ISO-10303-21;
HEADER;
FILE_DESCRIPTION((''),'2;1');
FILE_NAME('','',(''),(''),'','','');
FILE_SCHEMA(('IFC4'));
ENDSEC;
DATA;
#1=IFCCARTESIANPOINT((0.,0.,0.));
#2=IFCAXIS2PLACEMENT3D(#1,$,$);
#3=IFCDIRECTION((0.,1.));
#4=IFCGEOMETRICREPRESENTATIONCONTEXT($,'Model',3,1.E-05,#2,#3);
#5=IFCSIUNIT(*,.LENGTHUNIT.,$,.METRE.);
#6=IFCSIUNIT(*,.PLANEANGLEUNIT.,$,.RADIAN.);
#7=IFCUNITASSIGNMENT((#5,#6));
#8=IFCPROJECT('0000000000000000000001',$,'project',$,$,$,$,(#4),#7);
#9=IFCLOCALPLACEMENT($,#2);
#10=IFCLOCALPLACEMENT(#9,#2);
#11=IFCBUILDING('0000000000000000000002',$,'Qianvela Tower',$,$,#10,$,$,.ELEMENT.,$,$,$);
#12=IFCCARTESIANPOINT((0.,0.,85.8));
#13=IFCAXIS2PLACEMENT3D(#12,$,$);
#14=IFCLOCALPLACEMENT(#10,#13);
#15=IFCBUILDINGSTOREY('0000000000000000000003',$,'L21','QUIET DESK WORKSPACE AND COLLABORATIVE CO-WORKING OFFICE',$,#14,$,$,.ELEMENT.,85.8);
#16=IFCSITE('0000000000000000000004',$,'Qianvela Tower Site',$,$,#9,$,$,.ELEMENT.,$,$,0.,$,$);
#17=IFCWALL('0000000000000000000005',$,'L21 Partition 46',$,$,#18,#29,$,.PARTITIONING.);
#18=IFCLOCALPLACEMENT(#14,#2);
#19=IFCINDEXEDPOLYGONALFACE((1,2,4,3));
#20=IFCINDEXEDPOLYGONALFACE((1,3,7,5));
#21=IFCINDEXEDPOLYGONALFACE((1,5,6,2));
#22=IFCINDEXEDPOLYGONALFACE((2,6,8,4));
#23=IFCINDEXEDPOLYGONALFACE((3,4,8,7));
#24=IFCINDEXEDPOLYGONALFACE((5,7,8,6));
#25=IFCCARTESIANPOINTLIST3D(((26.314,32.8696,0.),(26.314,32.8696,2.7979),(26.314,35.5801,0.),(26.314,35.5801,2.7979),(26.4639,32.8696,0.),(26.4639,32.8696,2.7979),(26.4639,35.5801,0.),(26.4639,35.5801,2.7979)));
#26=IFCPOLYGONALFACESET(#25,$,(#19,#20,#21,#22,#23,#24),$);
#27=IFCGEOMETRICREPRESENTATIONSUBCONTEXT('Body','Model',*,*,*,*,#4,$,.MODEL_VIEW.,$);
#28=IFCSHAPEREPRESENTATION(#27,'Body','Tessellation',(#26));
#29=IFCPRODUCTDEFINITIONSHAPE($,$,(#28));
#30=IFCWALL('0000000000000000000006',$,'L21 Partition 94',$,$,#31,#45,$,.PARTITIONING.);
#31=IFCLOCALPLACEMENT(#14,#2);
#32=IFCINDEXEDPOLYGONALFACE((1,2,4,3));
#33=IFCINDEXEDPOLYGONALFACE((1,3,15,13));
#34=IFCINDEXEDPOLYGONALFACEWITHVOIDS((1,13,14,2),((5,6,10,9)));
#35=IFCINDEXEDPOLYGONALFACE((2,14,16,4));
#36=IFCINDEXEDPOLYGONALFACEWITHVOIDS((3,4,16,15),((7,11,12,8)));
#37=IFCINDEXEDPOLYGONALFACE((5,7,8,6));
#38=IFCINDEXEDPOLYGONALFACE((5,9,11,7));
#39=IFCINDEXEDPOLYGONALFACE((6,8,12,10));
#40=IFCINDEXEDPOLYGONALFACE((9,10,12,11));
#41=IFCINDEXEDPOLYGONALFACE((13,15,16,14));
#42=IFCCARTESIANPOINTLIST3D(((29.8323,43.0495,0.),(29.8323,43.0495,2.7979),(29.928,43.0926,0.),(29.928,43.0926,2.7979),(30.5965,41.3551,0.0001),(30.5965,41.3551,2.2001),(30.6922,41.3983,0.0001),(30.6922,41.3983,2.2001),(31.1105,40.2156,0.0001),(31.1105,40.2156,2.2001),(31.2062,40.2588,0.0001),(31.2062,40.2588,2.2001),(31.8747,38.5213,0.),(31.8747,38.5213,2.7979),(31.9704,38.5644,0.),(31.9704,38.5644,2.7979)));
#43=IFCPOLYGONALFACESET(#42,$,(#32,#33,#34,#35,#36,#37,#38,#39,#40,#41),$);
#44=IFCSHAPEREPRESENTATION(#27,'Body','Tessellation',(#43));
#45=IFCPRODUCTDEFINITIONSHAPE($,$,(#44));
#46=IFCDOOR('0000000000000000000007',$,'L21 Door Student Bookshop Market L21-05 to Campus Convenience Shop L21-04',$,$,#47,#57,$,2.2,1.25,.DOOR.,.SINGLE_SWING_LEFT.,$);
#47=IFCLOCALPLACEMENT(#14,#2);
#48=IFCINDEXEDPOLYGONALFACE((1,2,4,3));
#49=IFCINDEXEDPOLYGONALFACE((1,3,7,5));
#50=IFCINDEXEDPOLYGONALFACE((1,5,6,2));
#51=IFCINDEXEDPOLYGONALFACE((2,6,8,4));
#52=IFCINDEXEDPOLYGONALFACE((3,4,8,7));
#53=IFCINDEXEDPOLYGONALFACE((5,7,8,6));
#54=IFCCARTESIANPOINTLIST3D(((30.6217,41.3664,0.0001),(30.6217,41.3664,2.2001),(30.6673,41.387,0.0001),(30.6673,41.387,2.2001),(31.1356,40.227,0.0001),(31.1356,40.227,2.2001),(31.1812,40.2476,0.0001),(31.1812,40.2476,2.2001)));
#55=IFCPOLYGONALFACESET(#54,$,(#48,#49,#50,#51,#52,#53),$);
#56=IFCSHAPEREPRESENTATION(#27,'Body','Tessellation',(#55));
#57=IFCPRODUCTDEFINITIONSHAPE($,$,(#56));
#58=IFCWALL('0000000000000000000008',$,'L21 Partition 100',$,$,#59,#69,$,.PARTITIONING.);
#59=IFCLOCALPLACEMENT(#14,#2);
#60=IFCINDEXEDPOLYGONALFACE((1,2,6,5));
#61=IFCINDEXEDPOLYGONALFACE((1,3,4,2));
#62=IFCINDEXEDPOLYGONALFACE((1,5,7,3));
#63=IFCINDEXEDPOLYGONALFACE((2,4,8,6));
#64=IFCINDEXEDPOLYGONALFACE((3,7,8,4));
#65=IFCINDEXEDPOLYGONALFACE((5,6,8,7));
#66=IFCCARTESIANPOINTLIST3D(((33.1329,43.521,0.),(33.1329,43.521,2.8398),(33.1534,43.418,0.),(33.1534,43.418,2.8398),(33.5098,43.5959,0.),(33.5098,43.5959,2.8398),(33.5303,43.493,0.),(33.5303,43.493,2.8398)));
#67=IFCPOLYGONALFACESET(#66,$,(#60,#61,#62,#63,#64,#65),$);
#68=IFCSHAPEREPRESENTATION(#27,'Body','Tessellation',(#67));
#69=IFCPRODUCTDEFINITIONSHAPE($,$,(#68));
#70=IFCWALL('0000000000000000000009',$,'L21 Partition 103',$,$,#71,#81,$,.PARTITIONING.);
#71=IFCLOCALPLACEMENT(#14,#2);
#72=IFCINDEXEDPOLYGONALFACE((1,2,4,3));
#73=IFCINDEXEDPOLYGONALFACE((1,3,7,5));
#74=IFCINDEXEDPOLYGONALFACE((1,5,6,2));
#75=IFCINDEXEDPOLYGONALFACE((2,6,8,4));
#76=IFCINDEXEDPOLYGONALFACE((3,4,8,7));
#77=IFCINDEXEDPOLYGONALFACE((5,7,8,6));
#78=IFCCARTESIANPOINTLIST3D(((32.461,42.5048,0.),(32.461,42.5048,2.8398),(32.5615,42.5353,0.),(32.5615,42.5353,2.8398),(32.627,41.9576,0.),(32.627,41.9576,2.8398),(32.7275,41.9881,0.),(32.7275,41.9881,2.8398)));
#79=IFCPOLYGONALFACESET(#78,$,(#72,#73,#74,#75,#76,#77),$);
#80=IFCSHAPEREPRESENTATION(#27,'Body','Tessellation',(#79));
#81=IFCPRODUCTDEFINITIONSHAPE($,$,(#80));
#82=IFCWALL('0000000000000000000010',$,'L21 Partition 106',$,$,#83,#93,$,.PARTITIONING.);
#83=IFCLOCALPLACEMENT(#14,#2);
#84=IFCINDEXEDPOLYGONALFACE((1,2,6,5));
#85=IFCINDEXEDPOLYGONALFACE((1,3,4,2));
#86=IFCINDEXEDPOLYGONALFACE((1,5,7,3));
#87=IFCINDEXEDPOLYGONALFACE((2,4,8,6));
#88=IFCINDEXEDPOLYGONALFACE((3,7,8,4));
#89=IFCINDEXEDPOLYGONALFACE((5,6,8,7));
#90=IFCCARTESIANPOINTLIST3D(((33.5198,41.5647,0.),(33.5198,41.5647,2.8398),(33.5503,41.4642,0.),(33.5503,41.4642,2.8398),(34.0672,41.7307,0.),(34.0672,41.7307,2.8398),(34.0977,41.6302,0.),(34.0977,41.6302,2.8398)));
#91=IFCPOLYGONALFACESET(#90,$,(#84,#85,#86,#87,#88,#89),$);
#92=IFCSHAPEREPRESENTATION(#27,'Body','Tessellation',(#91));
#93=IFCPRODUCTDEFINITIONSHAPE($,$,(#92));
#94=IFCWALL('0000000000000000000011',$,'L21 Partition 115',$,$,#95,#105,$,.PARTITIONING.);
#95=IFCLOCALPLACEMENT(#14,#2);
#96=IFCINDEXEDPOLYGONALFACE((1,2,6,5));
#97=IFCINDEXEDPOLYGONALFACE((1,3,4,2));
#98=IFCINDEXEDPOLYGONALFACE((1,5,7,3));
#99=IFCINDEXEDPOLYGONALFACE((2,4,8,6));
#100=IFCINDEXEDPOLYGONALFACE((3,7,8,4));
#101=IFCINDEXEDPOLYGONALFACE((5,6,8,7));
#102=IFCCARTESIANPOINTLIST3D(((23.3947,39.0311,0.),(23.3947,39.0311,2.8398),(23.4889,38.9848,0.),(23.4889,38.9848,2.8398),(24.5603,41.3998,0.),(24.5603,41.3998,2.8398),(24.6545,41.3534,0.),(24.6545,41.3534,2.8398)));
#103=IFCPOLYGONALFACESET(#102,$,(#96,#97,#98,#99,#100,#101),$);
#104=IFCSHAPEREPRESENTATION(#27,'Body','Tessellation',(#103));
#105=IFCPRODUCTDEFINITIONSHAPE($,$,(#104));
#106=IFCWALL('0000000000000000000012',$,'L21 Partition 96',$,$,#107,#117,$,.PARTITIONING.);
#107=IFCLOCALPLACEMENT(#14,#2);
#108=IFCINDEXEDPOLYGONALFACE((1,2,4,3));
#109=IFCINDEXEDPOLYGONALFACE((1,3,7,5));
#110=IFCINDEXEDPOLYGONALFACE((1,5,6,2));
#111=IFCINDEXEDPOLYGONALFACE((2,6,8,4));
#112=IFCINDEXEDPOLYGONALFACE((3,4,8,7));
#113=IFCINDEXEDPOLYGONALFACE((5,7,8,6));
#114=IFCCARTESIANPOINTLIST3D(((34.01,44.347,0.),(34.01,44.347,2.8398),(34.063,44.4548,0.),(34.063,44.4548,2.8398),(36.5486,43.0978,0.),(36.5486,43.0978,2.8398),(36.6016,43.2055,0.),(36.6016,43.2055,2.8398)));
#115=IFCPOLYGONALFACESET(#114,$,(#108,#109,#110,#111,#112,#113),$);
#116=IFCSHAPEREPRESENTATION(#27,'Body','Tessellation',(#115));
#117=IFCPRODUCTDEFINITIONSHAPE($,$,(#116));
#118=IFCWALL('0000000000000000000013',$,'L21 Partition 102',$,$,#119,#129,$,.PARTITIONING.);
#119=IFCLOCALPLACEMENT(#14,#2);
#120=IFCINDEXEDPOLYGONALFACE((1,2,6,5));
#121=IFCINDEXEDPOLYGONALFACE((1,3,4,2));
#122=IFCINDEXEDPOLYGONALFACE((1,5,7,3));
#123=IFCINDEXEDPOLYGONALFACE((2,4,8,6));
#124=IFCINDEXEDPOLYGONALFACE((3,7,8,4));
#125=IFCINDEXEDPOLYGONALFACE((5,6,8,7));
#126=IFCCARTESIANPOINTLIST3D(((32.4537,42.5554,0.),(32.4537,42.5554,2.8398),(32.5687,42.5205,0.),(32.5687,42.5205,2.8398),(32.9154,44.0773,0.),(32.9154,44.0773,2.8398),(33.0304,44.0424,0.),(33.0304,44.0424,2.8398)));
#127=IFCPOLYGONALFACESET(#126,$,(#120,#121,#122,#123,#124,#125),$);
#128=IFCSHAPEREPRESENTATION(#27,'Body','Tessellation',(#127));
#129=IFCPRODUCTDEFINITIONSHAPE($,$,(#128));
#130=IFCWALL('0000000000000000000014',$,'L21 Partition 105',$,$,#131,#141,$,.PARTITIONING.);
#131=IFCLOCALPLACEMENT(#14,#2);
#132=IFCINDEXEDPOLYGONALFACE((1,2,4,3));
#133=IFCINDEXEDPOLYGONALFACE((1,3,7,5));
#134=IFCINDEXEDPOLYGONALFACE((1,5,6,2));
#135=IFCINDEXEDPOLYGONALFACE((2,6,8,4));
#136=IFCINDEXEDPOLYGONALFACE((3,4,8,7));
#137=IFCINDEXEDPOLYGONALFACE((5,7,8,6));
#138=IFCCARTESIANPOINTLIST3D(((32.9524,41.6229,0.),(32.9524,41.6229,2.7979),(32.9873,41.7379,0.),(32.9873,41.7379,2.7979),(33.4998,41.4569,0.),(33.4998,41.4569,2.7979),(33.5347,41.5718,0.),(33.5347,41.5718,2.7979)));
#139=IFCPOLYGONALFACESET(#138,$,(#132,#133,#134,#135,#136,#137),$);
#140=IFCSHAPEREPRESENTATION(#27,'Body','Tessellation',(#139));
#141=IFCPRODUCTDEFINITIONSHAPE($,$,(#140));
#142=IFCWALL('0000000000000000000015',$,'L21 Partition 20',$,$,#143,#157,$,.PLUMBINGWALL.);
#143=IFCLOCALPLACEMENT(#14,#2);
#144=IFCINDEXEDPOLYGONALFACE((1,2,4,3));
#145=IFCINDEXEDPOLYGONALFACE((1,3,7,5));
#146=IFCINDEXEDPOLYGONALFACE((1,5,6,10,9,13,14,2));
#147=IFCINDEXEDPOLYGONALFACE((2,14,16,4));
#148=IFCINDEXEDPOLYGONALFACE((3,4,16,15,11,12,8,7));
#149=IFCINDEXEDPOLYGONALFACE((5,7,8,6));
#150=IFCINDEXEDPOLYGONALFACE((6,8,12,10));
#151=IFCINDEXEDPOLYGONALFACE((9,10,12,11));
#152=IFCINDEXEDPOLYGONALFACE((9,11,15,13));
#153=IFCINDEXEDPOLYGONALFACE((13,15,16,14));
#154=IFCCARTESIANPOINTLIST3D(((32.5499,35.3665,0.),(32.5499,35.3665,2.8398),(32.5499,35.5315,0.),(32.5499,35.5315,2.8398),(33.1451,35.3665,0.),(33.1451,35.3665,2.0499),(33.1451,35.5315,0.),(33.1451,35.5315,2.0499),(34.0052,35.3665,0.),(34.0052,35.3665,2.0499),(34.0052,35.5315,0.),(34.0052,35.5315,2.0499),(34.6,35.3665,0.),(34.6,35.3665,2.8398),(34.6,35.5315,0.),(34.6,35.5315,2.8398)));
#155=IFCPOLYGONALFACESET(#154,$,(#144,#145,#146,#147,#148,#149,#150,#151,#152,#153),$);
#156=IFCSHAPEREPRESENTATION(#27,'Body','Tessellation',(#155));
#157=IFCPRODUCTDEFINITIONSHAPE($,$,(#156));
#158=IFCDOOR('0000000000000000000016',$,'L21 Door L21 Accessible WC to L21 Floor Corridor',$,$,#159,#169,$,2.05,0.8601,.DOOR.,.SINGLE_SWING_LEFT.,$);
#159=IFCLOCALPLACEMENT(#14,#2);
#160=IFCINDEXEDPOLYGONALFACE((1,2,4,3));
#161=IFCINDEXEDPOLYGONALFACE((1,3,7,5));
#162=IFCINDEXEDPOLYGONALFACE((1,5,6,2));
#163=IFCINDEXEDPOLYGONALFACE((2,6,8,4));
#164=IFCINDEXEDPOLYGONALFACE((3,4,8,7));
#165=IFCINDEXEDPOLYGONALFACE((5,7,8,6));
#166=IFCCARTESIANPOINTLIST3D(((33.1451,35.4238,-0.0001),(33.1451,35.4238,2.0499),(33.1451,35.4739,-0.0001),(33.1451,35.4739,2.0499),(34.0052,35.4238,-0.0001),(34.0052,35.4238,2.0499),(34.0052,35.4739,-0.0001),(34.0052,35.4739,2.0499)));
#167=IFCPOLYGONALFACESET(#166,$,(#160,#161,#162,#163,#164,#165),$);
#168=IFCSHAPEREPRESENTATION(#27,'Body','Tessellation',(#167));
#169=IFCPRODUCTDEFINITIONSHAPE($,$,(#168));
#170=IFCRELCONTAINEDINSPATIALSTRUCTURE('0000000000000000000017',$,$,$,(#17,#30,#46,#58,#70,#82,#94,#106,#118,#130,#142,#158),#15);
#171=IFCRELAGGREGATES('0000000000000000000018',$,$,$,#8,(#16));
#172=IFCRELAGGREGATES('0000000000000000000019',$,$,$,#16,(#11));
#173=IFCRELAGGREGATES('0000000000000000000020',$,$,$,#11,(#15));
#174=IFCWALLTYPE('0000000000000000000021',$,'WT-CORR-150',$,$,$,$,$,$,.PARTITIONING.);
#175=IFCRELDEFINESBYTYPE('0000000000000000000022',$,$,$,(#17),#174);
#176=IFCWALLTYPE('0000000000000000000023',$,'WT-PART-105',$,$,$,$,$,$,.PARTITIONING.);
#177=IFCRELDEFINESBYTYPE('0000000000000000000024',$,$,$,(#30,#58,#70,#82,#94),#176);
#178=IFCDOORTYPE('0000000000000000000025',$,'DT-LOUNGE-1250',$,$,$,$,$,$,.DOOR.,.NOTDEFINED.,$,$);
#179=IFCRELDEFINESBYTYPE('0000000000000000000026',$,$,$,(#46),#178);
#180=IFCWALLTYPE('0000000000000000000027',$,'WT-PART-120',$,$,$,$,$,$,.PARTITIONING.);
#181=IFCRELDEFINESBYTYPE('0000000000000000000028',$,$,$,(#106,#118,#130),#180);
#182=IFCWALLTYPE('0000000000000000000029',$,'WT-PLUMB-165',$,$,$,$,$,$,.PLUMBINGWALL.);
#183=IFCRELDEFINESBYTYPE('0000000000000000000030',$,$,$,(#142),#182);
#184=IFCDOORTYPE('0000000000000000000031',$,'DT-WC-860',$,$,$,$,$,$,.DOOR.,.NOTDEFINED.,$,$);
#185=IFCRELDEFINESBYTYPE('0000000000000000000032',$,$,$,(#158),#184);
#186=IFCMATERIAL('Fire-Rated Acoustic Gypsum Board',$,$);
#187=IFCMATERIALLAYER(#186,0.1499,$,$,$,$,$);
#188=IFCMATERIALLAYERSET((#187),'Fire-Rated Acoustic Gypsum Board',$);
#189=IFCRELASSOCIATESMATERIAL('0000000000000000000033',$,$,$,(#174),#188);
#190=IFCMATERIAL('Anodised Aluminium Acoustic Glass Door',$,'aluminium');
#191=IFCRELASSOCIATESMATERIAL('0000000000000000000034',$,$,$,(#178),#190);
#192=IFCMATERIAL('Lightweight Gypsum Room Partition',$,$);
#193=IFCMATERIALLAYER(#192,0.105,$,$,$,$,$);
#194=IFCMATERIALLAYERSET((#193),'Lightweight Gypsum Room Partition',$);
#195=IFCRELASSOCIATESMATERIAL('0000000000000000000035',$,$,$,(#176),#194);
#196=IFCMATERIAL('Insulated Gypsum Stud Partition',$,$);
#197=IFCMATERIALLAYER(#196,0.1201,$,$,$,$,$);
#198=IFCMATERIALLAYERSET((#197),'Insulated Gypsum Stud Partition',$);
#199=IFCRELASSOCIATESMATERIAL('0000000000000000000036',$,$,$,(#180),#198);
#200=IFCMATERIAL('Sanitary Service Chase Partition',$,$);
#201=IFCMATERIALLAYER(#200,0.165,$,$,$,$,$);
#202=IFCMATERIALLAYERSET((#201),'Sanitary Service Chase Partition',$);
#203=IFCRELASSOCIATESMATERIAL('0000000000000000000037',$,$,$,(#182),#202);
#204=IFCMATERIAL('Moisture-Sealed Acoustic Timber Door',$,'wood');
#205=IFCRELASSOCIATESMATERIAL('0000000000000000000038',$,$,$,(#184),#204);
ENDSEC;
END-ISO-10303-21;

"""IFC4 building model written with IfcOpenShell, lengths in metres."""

from ifc_helpers import new_model, si_unit, direction, frame, frame_2d, origin, place, context, subcontext, project, spatial, rectangle, extrude, material, layer, layer_set, type_object, element, fill, save


model = new_model("IFC4")

# Units and contexts
model_context = context("Model", 3, precision=1e-05, world=origin(), true_north=direction((0.0, 1.0)))
body_context = subcontext(model_context, "Body", "Model", "MODEL_VIEW")
ifc_project = project(units=[si_unit("LENGTHUNIT", "METRE"), si_unit("PLANEANGLEUNIT", "RADIAN")], contexts=[model_context])

# Site, building, storey
site_placement = place(None, origin())
site = spatial("IfcSite", under=ifc_project, at=site_placement, Name="Qianvela Tower Site", CompositionType="ELEMENT", RefElevation=0.0)
building_placement = place(site_placement, origin())
building = spatial("IfcBuilding", under=site, at=building_placement, Name="Qianvela Tower", CompositionType="ELEMENT")
storey_placement = place(building_placement, frame((0.0, 0.0, 85.8)))
storey = spatial("IfcBuildingStorey", under=building, at=storey_placement, Name="L21", Description="QUIET DESK WORKSPACE AND COLLABORATIVE CO-WORKING OFFICE", CompositionType="ELEMENT", Elevation=85.8)

# Shared definitions
ifc_material_1 = material(Name="Fire-Rated Acoustic Gypsum Board")
ifc_layer_1 = layer(ifc_material_1, 0.1499)
ifc_layer_set_1 = layer_set([ifc_layer_1], Name="Fire-Rated Acoustic Gypsum Board")
wall_type_1 = type_object("IfcWallType", Name="WT-CORR-150", PredefinedType="PARTITIONING", material=ifc_layer_set_1)

# Shared definitions
ifc_material_2 = material(Name="Anodised Aluminium Acoustic Glass Door", Category="aluminium")
door_type_1 = type_object("IfcDoorType", Name="DT-LOUNGE-1250", OperationType="NOTDEFINED", PredefinedType="DOOR", material=ifc_material_2)

# Wall
wall_1_placement = place(storey_placement, frame((26.3889, 35.5801, 0.0), z_axis=(0.0, 0.0, 1.0), x_axis=(0.0, -1.0, 0.0)))
element("IfcWall", 1, at=wall_1_placement, inside=storey, type_object=wall_type_1, Name="L21 Partition 46", PredefinedType="PARTITIONING", context=body_context, shape_type="SweptSolid", body=[
    extrude(rectangle(XDim=2.7104, YDim=0.1499, at=frame_2d((1.3552, 0.0))), origin(), (0.0, 0.0, 1.0), 2.7979),
])

# Wall, opening, door
ifc_material_3 = material(Name="Lightweight Gypsum Room Partition")
ifc_layer_2 = layer(ifc_material_3, 0.105)
ifc_layer_set_2 = layer_set([ifc_layer_2], Name="Lightweight Gypsum Room Partition")
wall_type_2 = type_object("IfcWallType", Name="WT-PART-105", PredefinedType="PARTITIONING", material=ifc_layer_set_2)
wall_2_placement = place(storey_placement, frame((31.9226, 38.5427, 0.0), z_axis=(0.0, 0.0, 1.0), x_axis=(-0.411157, 0.911564, 0.0)))
wall_2 = element("IfcWall", 2, at=wall_2_placement, inside=storey, type_object=wall_type_2, Name="L21 Partition 94", PredefinedType="PARTITIONING", context=body_context, shape_type="SweptSolid", body=[
    extrude(rectangle(XDim=4.9675, YDim=0.105, at=frame_2d((2.4839, 0.0))), origin(), (0.0, 0.0, 1.0), 2.7979),
])
opening_1_placement = place(wall_2_placement, frame((1.8589, 0.0, 0.0)))
opening_1 = element("IfcOpeningElement", 3, at=opening_1_placement, cuts=wall_2, PredefinedType="OPENING", context=body_context, shape_type="SweptSolid", body=[
    extrude(rectangle(XDim=1.25, YDim=2.2, at=frame_2d((0.625, 1.1001))), frame((0.0, 0.0625, 0.0), z_axis=(0.0, -1.0, 0.0), x_axis=(1.0, 0.0, 0.0)), (0.0, 0.0, 1.0), 0.125),
])
door_1_placement = place(opening_1_placement, origin())
door_1 = element("IfcDoor", 4, at=door_1_placement, inside=storey, type_object=door_type_1, Name="L21 Door Student Bookshop Market L21-05 to Campus Convenience Shop L21-04", OperationType="SINGLE_SWING_LEFT", OverallHeight=2.2, OverallWidth=1.25, PredefinedType="DOOR", context=body_context, shape_type="SweptSolid", body=[
    extrude(rectangle(XDim=1.25, YDim=2.2, at=frame_2d((0.625, 1.1001))), frame((0.0, 0.0249, 0.0), z_axis=(0.0, -1.0, 0.0), x_axis=(1.0, 0.0, 0.0)), (0.0, 0.0, 1.0), 0.05),
])
fill(opening_1, door_1)

# Walls
wall_3_placement = place(storey_placement, frame((33.52, 43.5444, 0.0), z_axis=(0.0, 0.0, 1.0), x_axis=(-0.9808, -0.195017, 0.0)))
element("IfcWall", 5, at=wall_3_placement, inside=storey, type_object=wall_type_2, Name="L21 Partition 100", PredefinedType="PARTITIONING", context=body_context, shape_type="SweptSolid", body=[
    extrude(rectangle(XDim=0.3843, YDim=0.105, at=frame_2d((0.1921, 0.0))), origin(), (0.0, 0.0, 1.0), 2.8398),
])
wall_4_placement = place(storey_placement, frame((32.5112, 42.52, 0.0), z_axis=(0.0, 0.0, 1.0), x_axis=(0.290363, -0.956917, 0.0)))
element("IfcWall", 6, at=wall_4_placement, inside=storey, type_object=wall_type_2, Name="L21 Partition 103", PredefinedType="PARTITIONING", context=body_context, shape_type="SweptSolid", body=[
    extrude(rectangle(XDim=0.5718, YDim=0.105, at=frame_2d((0.2859, 0.0))), origin(), (0.0, 0.0, 1.0), 2.8398),
])
wall_5_placement = place(storey_placement, frame((33.5349, 41.5144, 0.0), z_axis=(0.0, 0.0, 1.0), x_axis=(0.956953, 0.290244, 0.0)))
element("IfcWall", 7, at=wall_5_placement, inside=storey, type_object=wall_type_2, Name="L21 Partition 106", PredefinedType="PARTITIONING", context=body_context, shape_type="SweptSolid", body=[
    extrude(rectangle(XDim=0.572, YDim=0.105, at=frame_2d((0.2861, 0.0))), origin(), (0.0, 0.0, 1.0), 2.8398),
])
wall_6_placement = place(storey_placement, frame((23.4419, 39.0081, 0.0), z_axis=(0.0, 0.0, 1.0), x_axis=(0.441508, 0.897257, 0.0)))
element("IfcWall", 8, at=wall_6_placement, inside=storey, type_object=wall_type_2, Name="L21 Partition 115", PredefinedType="PARTITIONING", context=body_context, shape_type="SweptSolid", body=[
    extrude(rectangle(XDim=2.6399, YDim=0.105, at=frame_2d((1.3198, 0.0))), origin(), (0.0, 0.0, 1.0), 2.8398),
])
ifc_material_4 = material(Name="Insulated Gypsum Stud Partition")
ifc_layer_3 = layer(ifc_material_4, 0.1201)
ifc_layer_set_3 = layer_set([ifc_layer_3], Name="Insulated Gypsum Stud Partition")
wall_type_3 = type_object("IfcWallType", Name="WT-PART-120", PredefinedType="PARTITIONING", material=ifc_layer_set_3)
wall_7_placement = place(storey_placement, frame((34.0366, 44.4009, 0.0), z_axis=(0.0, 0.0, 1.0), x_axis=(0.89724, -0.441544, 0.0)))
element("IfcWall", 9, at=wall_7_placement, inside=storey, type_object=wall_type_3, Name="L21 Partition 96", PredefinedType="PARTITIONING", context=body_context, shape_type="SweptSolid", body=[
    extrude(rectangle(XDim=2.8293, YDim=0.1201, at=frame_2d((1.4146, 0.0))), origin(), (0.0, 0.0, 1.0), 2.8398),
])
wall_8_placement = place(storey_placement, frame((32.9729, 44.0598, 0.0), z_axis=(0.0, 0.0, 1.0), x_axis=(-0.290318, -0.95693, 0.0)))
element("IfcWall", 10, at=wall_8_placement, inside=storey, type_object=wall_type_3, Name="L21 Partition 102", PredefinedType="PARTITIONING", context=body_context, shape_type="SweptSolid", body=[
    extrude(rectangle(XDim=1.5903, YDim=0.1201, at=frame_2d((0.7952, 0.0))), origin(), (0.0, 0.0, 1.0), 2.8398),
])
wall_9_placement = place(storey_placement, frame((32.9697, 41.6804, 0.0), z_axis=(0.0, 0.0, 1.0), x_axis=(0.956953, -0.290244, 0.0)))
element("IfcWall", 11, at=wall_9_placement, inside=storey, type_object=wall_type_3, Name="L21 Partition 105", PredefinedType="PARTITIONING", context=body_context, shape_type="SweptSolid", body=[
    extrude(rectangle(XDim=0.572, YDim=0.1201, at=frame_2d((0.2861, 0.0))), origin(), (0.0, 0.0, 1.0), 2.7979),
])

# Wall, opening, door
ifc_material_5 = material(Name="Sanitary Service Chase Partition")
ifc_layer_4 = layer(ifc_material_5, 0.165)
ifc_layer_set_4 = layer_set([ifc_layer_4], Name="Sanitary Service Chase Partition")
wall_type_4 = type_object("IfcWallType", Name="WT-PLUMB-165", PredefinedType="PLUMBINGWALL", material=ifc_layer_set_4)
wall_10_placement = place(storey_placement, frame((32.55, 35.449, 0.0), z_axis=(0.0, 0.0, 1.0), x_axis=(1.0, 0.0, 0.0)))
wall_10 = element("IfcWall", 12, at=wall_10_placement, inside=storey, type_object=wall_type_4, Name="L21 Partition 20", PredefinedType="PLUMBINGWALL", context=body_context, shape_type="SweptSolid", body=[
    extrude(rectangle(XDim=2.05, YDim=0.165, at=frame_2d((1.0249, 0.0))), origin(), (0.0, 0.0, 1.0), 2.8398),
])
opening_2_placement = place(wall_10_placement, frame((0.595, 0.0, 0.0)))
opening_2 = element("IfcOpeningElement", 13, at=opening_2_placement, cuts=wall_10, PredefinedType="OPENING", context=body_context, shape_type="SweptSolid", body=[
    extrude(rectangle(XDim=0.8601, YDim=2.05, at=frame_2d((0.4302, 1.0249))), frame((0.0, 0.0925, 0.0), z_axis=(0.0, -1.0, 0.0), x_axis=(1.0, 0.0, 0.0)), (0.0, 0.0, 1.0), 0.1851),
])
ifc_material_6 = material(Name="Moisture-Sealed Acoustic Timber Door", Category="wood")
door_type_2 = type_object("IfcDoorType", Name="DT-WC-860", OperationType="NOTDEFINED", PredefinedType="DOOR", material=ifc_material_6)
door_2_placement = place(opening_2_placement, origin())
door_2 = element("IfcDoor", 14, at=door_2_placement, inside=storey, type_object=door_type_2, Name="L21 Door L21 Accessible WC to L21 Floor Corridor", OperationType="SINGLE_SWING_LEFT", OverallHeight=2.05, OverallWidth=0.8601, PredefinedType="DOOR", context=body_context, shape_type="SweptSolid", body=[
    extrude(rectangle(XDim=0.8601, YDim=2.05, at=frame_2d((0.4302, 1.0249))), frame((0.0, 0.0249, 0.0), z_axis=(0.0, -1.0, 0.0), x_axis=(1.0, 0.0, 0.0)), (0.0, 0.0, 1.0), 0.05),
])
fill(opening_2, door_2)

save(model, "model.ifc")
